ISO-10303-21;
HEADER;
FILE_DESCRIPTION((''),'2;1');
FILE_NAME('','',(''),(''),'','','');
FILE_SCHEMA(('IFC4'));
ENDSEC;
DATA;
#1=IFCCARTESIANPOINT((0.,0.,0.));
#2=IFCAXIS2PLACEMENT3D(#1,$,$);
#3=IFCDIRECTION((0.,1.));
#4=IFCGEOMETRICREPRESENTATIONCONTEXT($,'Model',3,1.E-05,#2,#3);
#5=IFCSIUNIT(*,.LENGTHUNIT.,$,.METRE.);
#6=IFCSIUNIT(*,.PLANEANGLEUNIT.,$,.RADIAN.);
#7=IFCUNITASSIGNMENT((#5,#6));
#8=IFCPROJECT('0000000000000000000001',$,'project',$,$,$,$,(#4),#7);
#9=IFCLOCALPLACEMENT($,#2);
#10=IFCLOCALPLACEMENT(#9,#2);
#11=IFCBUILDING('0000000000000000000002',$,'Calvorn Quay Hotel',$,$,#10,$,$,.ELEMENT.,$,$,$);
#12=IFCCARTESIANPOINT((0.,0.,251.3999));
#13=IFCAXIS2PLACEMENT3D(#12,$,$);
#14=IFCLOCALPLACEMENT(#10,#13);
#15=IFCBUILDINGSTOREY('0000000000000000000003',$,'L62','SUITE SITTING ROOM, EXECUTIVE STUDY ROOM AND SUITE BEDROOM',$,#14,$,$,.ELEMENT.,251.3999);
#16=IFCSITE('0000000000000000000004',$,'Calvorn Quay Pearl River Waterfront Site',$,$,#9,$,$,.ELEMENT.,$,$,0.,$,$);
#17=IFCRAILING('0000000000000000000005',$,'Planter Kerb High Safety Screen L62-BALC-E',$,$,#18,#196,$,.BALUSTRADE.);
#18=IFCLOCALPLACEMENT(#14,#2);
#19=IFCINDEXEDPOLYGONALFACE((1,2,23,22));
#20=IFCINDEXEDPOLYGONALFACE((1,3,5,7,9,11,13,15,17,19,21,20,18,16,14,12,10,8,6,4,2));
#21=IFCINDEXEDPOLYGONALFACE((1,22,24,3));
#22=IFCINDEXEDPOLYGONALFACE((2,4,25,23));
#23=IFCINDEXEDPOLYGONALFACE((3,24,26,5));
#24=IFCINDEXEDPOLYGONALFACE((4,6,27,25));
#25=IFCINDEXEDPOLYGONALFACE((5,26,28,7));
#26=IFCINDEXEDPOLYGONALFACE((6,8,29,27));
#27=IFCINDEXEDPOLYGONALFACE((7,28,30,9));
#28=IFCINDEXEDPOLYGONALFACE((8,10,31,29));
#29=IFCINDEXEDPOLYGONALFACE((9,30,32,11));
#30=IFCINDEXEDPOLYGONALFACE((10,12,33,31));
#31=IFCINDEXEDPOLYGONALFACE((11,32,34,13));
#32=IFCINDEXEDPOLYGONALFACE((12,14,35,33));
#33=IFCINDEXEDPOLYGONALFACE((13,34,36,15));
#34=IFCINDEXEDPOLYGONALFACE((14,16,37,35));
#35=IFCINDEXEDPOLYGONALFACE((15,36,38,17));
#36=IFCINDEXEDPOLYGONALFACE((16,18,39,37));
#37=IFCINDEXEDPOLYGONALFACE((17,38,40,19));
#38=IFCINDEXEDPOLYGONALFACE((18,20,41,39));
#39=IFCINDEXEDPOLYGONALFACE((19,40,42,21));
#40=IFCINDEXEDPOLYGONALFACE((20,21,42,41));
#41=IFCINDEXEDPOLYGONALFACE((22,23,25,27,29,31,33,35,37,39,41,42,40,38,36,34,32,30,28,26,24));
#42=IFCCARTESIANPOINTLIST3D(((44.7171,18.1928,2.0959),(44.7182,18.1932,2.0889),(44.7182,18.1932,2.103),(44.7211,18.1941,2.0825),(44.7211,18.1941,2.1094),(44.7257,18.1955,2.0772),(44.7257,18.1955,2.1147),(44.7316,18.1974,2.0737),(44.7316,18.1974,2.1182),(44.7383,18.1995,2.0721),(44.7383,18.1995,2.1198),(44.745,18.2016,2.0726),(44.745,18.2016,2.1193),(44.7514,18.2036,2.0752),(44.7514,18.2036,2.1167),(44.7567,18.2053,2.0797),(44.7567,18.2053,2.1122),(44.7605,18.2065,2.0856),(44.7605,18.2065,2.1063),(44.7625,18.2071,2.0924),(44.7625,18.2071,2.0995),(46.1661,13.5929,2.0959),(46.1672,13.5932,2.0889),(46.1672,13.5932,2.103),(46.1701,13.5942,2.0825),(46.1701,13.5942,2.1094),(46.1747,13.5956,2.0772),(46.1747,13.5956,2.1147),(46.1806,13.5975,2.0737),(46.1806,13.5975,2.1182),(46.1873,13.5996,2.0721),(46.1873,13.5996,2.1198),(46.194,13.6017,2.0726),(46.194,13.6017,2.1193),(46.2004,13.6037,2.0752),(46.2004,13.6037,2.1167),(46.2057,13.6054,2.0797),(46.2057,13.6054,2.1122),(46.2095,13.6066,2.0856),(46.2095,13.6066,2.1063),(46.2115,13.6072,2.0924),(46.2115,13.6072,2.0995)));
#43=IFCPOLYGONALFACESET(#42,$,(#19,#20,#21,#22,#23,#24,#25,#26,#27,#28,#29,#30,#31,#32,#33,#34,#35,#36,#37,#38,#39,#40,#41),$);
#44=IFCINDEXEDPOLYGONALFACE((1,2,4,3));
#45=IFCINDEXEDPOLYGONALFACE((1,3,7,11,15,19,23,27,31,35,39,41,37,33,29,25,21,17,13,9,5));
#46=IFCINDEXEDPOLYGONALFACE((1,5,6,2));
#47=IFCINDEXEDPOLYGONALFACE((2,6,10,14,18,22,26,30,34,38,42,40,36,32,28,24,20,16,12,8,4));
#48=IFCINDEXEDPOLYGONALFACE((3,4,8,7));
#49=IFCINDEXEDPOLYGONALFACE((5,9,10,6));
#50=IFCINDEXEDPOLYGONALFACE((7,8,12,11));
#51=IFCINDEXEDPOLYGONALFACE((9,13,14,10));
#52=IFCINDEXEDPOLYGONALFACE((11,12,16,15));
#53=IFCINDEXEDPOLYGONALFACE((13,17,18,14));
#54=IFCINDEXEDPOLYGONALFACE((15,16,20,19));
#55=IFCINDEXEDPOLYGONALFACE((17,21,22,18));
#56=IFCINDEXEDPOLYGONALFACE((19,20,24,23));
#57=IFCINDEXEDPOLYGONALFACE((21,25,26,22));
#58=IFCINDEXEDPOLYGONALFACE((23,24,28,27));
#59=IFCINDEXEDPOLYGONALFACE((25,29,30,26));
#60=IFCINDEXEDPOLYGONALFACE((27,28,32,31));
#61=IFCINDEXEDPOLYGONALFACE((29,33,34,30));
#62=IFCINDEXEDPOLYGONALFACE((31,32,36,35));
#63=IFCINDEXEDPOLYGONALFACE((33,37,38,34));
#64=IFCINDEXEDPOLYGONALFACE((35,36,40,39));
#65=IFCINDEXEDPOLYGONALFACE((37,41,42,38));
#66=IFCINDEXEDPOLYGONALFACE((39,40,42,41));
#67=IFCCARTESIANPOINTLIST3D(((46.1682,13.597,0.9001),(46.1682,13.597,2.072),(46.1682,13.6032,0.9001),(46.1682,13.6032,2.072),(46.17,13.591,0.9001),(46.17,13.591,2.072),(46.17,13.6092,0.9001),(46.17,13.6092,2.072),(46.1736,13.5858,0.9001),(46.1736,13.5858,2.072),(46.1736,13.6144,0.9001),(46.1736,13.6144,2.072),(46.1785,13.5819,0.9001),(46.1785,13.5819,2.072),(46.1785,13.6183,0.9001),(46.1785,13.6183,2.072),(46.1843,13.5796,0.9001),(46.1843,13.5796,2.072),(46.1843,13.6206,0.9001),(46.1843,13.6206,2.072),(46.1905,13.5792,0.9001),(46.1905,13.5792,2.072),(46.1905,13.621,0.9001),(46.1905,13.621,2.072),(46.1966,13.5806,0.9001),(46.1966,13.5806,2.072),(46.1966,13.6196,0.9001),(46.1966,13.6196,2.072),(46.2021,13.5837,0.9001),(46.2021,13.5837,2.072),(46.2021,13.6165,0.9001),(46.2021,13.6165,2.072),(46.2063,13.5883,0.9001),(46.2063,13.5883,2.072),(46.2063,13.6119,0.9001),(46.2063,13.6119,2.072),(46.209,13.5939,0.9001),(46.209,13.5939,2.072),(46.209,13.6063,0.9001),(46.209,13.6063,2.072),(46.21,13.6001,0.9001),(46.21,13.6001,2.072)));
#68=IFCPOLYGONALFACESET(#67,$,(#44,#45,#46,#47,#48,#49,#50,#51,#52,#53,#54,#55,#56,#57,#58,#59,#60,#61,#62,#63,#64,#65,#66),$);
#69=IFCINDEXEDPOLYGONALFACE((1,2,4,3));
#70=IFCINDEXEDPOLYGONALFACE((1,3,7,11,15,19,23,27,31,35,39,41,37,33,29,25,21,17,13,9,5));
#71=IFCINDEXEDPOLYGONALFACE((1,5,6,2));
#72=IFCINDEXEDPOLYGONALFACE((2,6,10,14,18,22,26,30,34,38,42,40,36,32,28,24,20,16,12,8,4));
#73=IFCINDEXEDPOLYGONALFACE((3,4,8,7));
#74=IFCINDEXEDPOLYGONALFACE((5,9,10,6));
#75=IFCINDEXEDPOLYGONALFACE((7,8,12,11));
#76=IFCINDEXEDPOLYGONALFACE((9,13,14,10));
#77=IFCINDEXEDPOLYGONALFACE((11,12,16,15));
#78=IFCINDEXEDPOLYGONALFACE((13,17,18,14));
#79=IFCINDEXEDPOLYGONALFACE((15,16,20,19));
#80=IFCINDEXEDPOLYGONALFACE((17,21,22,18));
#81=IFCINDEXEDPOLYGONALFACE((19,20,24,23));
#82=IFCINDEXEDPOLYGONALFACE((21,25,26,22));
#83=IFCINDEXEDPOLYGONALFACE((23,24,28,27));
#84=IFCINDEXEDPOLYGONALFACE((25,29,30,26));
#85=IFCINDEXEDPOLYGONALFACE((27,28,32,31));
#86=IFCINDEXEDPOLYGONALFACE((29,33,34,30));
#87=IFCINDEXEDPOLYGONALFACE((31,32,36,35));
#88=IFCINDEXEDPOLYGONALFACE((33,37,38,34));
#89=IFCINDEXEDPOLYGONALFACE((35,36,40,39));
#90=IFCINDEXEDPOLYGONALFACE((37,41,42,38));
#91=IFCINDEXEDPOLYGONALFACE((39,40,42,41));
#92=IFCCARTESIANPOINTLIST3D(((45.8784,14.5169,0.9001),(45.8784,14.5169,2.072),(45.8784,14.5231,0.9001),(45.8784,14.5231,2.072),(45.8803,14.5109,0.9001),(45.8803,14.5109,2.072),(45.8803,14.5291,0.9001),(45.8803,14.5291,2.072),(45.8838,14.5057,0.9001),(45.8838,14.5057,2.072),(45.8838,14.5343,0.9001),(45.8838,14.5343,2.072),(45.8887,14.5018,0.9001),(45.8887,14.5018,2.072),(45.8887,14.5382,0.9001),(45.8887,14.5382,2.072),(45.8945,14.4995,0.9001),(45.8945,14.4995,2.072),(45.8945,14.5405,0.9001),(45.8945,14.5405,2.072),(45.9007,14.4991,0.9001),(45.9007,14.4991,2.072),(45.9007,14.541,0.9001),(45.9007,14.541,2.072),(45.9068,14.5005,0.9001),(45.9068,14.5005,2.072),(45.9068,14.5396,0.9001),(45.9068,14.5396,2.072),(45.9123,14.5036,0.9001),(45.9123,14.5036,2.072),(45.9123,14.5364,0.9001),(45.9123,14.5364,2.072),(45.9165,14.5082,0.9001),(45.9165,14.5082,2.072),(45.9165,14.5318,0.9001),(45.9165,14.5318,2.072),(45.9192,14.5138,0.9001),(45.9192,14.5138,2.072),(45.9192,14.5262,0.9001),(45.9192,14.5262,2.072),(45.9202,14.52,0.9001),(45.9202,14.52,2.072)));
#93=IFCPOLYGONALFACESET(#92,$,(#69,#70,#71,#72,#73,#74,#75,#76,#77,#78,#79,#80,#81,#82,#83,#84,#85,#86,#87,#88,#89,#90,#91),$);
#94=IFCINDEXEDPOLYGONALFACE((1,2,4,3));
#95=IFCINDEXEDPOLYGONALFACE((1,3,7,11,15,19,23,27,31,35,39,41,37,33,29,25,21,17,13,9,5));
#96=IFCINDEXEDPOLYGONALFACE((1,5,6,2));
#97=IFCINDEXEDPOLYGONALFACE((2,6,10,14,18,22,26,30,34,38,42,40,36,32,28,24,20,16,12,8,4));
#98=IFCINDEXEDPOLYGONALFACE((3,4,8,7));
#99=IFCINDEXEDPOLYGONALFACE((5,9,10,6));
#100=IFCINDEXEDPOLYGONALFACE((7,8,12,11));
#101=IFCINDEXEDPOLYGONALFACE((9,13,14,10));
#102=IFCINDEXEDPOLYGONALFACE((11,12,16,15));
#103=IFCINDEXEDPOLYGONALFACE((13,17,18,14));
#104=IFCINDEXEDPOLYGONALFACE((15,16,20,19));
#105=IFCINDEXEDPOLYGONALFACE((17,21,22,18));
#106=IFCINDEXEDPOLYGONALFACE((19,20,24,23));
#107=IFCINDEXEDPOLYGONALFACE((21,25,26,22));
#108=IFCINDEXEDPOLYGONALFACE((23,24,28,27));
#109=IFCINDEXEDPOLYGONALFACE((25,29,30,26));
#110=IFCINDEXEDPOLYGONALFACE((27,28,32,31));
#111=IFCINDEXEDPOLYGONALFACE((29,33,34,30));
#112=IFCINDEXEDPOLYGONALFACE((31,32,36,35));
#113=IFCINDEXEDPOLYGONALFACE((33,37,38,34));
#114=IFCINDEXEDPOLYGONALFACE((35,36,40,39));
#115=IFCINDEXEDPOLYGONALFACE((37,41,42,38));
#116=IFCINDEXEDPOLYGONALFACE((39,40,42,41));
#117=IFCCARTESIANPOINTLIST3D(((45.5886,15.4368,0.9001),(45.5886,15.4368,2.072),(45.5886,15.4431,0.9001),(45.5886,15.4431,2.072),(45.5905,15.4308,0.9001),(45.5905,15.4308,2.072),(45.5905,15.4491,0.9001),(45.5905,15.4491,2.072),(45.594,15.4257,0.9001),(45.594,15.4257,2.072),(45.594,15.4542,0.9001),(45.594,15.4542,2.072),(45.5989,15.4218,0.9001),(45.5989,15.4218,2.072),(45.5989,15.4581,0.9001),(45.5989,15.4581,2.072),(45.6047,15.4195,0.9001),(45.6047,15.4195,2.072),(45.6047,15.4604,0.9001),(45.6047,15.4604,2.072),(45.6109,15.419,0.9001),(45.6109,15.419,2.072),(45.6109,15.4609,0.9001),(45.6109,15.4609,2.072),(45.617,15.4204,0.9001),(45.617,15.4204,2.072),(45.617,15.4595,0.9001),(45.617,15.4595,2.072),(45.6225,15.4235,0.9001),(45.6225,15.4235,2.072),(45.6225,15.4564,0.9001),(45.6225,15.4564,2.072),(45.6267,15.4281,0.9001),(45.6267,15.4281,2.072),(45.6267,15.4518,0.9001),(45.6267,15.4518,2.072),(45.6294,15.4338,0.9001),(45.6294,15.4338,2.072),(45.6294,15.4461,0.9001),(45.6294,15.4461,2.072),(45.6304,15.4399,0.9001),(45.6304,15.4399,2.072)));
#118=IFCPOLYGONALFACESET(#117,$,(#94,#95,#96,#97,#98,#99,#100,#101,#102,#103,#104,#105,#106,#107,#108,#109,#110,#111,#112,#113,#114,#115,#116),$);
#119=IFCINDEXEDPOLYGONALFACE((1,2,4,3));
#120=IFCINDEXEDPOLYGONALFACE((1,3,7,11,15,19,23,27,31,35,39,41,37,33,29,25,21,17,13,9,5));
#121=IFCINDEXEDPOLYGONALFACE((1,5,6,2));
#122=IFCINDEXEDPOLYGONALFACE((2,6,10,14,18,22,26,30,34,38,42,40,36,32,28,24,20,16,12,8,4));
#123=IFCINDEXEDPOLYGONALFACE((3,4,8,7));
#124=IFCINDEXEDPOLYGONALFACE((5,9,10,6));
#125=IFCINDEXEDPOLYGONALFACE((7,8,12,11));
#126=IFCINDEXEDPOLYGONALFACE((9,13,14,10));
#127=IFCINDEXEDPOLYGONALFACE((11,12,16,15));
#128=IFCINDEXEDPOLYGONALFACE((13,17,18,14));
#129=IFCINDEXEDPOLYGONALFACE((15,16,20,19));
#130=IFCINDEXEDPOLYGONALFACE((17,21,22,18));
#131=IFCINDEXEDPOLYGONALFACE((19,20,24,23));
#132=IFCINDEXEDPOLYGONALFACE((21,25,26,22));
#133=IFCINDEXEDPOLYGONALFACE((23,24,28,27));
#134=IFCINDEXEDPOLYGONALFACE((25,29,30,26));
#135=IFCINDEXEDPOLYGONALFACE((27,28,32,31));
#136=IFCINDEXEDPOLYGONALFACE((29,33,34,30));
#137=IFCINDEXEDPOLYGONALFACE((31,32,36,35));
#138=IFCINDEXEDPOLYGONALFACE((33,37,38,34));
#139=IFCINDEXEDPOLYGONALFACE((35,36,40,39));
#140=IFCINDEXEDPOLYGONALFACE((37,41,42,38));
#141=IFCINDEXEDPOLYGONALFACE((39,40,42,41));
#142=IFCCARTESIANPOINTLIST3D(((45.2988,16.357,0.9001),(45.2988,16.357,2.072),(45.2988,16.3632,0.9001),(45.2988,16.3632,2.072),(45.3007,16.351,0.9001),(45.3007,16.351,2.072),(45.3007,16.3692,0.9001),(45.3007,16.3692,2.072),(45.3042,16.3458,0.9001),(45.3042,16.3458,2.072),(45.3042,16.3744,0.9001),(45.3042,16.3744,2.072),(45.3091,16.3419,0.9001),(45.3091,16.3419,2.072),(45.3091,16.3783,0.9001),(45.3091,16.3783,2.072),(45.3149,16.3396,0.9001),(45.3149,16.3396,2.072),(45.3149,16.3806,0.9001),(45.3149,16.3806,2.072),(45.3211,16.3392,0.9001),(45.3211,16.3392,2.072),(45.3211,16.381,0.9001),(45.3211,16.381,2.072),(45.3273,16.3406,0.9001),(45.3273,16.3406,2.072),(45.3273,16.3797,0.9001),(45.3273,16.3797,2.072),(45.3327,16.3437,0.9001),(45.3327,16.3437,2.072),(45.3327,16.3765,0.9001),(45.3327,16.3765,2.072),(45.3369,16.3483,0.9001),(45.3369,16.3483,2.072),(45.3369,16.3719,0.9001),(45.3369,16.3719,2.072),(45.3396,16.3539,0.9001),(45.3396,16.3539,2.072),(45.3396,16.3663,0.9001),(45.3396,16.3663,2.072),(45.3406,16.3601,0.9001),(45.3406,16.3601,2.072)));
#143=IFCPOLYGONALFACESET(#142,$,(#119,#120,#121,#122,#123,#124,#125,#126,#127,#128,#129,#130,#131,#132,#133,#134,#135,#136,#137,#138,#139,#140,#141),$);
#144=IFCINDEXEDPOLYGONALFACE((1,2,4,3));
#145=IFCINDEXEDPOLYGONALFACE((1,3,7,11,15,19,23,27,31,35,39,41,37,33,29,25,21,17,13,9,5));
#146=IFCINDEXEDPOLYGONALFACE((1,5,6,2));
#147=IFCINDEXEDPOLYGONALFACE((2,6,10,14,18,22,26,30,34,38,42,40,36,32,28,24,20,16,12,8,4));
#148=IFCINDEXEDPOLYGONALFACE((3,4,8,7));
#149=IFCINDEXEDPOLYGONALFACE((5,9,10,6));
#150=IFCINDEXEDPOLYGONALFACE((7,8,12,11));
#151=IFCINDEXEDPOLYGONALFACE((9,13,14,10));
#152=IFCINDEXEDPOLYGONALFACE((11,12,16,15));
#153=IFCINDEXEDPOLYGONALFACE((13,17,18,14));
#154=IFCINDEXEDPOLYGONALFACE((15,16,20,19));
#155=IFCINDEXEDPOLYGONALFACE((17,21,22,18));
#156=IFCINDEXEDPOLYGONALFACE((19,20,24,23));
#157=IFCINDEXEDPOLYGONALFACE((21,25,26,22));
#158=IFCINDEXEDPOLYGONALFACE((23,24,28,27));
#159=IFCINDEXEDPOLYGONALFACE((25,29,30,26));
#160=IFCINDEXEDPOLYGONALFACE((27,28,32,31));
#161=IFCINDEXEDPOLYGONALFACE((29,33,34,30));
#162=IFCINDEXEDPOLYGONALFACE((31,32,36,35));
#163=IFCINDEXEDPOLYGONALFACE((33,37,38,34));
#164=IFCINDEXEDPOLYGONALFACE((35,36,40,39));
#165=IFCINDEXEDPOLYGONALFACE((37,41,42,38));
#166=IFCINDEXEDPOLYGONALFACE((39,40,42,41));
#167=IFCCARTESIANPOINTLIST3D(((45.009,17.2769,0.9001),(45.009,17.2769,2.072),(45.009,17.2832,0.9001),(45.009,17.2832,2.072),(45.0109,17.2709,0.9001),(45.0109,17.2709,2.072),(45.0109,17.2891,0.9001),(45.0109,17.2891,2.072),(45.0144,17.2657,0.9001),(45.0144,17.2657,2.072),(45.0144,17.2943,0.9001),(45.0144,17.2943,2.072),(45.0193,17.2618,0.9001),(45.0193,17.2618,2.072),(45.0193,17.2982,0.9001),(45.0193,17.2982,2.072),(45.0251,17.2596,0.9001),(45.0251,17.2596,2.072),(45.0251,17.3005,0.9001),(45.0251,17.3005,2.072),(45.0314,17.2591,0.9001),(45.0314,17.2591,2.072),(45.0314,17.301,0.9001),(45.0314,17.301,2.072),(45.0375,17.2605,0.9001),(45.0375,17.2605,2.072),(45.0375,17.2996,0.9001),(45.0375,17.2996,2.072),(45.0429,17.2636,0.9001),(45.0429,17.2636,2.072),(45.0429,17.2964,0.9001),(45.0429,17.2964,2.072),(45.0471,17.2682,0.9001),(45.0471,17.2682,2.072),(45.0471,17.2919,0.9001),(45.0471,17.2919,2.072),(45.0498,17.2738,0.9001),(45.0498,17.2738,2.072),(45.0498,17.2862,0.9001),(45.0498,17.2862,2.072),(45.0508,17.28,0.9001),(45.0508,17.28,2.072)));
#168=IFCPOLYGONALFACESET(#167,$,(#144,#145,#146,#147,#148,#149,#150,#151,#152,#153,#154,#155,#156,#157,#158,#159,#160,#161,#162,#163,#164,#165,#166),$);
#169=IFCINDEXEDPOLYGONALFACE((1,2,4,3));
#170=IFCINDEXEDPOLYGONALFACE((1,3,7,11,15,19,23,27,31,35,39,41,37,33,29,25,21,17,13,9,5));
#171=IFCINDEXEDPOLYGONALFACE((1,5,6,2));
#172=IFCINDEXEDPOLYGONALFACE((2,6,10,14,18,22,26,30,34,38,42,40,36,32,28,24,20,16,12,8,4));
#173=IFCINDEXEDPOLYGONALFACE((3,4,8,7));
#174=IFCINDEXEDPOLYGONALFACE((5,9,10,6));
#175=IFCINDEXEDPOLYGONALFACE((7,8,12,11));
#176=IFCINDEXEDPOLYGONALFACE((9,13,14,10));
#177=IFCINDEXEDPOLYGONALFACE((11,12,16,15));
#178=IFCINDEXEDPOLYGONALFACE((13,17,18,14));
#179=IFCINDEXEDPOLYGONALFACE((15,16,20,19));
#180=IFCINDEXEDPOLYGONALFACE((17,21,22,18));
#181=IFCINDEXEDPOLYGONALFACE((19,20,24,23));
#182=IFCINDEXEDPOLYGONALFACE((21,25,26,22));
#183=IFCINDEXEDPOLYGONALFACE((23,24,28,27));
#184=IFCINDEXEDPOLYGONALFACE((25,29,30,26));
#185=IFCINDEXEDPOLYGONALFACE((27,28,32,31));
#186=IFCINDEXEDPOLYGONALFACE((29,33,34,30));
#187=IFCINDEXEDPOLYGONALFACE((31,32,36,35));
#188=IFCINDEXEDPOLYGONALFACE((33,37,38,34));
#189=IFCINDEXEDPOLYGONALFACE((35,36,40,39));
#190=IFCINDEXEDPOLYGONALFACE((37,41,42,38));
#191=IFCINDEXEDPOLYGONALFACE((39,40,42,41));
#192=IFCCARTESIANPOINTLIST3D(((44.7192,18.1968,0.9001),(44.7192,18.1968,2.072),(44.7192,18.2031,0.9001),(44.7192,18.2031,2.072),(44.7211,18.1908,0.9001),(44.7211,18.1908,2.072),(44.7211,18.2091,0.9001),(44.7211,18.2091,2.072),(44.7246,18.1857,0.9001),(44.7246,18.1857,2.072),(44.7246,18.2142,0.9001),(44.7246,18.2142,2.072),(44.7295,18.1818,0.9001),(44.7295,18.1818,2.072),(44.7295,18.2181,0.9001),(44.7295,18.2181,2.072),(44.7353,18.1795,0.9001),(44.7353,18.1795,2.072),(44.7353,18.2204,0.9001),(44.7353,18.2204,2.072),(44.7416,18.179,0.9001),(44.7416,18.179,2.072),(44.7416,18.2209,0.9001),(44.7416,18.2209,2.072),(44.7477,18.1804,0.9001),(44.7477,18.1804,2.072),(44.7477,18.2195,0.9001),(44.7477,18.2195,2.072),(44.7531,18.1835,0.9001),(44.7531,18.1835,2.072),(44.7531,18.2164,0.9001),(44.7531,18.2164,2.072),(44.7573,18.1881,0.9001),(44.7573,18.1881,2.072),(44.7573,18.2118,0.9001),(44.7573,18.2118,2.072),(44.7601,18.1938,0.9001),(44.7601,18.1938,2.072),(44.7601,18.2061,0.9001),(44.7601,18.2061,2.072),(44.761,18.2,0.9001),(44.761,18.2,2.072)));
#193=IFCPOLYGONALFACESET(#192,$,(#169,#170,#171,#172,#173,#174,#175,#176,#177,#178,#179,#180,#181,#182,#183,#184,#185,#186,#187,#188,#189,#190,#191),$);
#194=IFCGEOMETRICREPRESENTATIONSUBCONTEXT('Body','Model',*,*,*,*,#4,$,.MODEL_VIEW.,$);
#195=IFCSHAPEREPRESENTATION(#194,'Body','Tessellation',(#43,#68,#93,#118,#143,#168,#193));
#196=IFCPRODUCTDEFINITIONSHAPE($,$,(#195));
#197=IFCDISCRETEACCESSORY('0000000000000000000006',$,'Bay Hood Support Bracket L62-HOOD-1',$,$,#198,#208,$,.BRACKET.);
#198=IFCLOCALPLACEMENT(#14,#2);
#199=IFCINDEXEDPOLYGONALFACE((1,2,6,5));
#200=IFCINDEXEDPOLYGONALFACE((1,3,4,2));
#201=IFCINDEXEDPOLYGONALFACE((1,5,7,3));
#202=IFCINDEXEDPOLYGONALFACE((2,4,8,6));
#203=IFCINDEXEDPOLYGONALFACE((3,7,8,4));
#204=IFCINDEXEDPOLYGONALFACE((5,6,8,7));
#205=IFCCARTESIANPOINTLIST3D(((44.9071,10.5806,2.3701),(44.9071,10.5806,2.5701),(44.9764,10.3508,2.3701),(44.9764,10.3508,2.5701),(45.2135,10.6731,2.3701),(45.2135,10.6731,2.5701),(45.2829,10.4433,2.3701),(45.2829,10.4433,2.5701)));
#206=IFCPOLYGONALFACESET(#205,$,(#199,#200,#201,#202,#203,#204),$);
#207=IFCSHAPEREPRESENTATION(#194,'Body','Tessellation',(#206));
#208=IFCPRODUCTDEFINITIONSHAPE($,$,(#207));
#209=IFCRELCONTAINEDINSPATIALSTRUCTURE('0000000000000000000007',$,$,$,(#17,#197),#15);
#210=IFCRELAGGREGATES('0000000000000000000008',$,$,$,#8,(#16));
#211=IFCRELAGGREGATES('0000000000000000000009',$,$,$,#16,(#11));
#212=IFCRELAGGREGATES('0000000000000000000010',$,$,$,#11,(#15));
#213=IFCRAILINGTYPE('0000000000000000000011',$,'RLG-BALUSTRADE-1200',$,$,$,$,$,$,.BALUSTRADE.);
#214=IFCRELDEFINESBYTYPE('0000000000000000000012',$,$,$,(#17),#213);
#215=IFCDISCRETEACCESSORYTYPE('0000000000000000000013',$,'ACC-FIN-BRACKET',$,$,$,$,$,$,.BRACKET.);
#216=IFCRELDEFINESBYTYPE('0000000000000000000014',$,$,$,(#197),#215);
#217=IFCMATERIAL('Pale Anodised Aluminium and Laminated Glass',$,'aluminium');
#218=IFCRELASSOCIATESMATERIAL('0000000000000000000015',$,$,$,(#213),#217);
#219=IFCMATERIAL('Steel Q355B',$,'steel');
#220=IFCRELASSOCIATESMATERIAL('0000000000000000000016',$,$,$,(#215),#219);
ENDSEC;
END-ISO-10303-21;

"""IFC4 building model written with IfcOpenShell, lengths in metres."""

from ifc_helpers import new_model, si_unit, direction, frame, origin, origin_2d, place, context, subcontext, project, spatial, rectangle, circle, extrude, material, type_object, element, save


model = new_model("IFC4")

# Units and contexts
model_context = context("Model", 3, precision=1e-05, world=origin(), true_north=direction((0.0, 1.0)))
body_context = subcontext(model_context, "Body", "Model", "MODEL_VIEW")
ifc_project = project(units=[si_unit("LENGTHUNIT", "METRE"), si_unit("PLANEANGLEUNIT", "RADIAN")], contexts=[model_context])

# Site, building, storey
site_placement = place(None, origin())
site = spatial("IfcSite", under=ifc_project, at=site_placement, Name="Calvorn Quay Pearl River Waterfront Site", CompositionType="ELEMENT", RefElevation=0.0)
building_placement = place(site_placement, origin())
building = spatial("IfcBuilding", under=site, at=building_placement, Name="Calvorn Quay Hotel", CompositionType="ELEMENT")
storey_placement = place(building_placement, frame((0.0, 0.0, 251.3999)))
storey = spatial("IfcBuildingStorey", under=building, at=storey_placement, Name="L62", Description="SUITE SITTING ROOM, EXECUTIVE STUDY ROOM AND SUITE BEDROOM", CompositionType="ELEMENT", Elevation=251.3999)

# Railing
ifc_material_1 = material(Name="Pale Anodised Aluminium and Laminated Glass", Category="aluminium")
railing_type = type_object("IfcRailingType", Name="RLG-BALUSTRADE-1200", PredefinedType="BALUSTRADE", material=ifc_material_1)
railing_1_placement = place(storey_placement, frame((46.189, 13.6001, 0.9001)))
element("IfcRailing", 1, at=railing_1_placement, inside=storey, type_object=railing_type, Name="Planter Kerb High Safety Screen L62-BALC-E", PredefinedType="BALUSTRADE", context=body_context, shape_type="SweptSolid", body=[
    extrude(circle(Radius=0.0239, at=origin_2d()), frame((0.0, 0.0, 1.1958), z_axis=(-0.30045, 0.953797, 0.0), x_axis=(-0.953797, -0.30045, 0.0)), (0.0, 0.0, 1.0), 4.8228),
    extrude(circle(Radius=0.021, at=origin_2d()), origin(), (0.0, 0.0, 1.0), 1.1719),
    extrude(circle(Radius=0.021, at=origin_2d()), frame((-0.2898, 0.9199, 0.0)), (0.0, 0.0, 1.0), 1.1719),
    extrude(circle(Radius=0.021, at=origin_2d()), frame((-0.5796, 1.8398, 0.0)), (0.0, 0.0, 1.0), 1.1719),
    extrude(circle(Radius=0.021, at=origin_2d()), frame((-0.8694, 2.76, 0.0)), (0.0, 0.0, 1.0), 1.1719),
    extrude(circle(Radius=0.021, at=origin_2d()), frame((-1.1592, 3.6799, 0.0)), (0.0, 0.0, 1.0), 1.1719),
    extrude(circle(Radius=0.021, at=origin_2d()), frame((-1.449, 4.5999, 0.0)), (0.0, 0.0, 1.0), 1.1719),
])

# Discrete accessory
ifc_material_2 = material(Name="Steel Q355B", Category="steel")
discrete_accessory_type_1 = type_object("IfcDiscreteAccessoryType", Name="ACC-FIN-BRACKET", PredefinedType="BRACKET", material=ifc_material_2)
discrete_accessory_1_placement = place(storey_placement, frame((45.095, 10.512, 2.3701), z_axis=(0.0, 0.0, 1.0), x_axis=(0.957319, 0.289032, 0.0)))
element("IfcDiscreteAccessory", 2, at=discrete_accessory_1_placement, inside=storey, type_object=discrete_accessory_type_1, Name="Bay Hood Support Bracket L62-HOOD-1", PredefinedType="BRACKET", context=body_context, shape_type="SweptSolid", body=[
    extrude(rectangle(XDim=0.3201, YDim=0.24, at=origin_2d()), origin(), (0.0, 0.0, 1.0), 0.2),
])

save(model, "model.ifc")
